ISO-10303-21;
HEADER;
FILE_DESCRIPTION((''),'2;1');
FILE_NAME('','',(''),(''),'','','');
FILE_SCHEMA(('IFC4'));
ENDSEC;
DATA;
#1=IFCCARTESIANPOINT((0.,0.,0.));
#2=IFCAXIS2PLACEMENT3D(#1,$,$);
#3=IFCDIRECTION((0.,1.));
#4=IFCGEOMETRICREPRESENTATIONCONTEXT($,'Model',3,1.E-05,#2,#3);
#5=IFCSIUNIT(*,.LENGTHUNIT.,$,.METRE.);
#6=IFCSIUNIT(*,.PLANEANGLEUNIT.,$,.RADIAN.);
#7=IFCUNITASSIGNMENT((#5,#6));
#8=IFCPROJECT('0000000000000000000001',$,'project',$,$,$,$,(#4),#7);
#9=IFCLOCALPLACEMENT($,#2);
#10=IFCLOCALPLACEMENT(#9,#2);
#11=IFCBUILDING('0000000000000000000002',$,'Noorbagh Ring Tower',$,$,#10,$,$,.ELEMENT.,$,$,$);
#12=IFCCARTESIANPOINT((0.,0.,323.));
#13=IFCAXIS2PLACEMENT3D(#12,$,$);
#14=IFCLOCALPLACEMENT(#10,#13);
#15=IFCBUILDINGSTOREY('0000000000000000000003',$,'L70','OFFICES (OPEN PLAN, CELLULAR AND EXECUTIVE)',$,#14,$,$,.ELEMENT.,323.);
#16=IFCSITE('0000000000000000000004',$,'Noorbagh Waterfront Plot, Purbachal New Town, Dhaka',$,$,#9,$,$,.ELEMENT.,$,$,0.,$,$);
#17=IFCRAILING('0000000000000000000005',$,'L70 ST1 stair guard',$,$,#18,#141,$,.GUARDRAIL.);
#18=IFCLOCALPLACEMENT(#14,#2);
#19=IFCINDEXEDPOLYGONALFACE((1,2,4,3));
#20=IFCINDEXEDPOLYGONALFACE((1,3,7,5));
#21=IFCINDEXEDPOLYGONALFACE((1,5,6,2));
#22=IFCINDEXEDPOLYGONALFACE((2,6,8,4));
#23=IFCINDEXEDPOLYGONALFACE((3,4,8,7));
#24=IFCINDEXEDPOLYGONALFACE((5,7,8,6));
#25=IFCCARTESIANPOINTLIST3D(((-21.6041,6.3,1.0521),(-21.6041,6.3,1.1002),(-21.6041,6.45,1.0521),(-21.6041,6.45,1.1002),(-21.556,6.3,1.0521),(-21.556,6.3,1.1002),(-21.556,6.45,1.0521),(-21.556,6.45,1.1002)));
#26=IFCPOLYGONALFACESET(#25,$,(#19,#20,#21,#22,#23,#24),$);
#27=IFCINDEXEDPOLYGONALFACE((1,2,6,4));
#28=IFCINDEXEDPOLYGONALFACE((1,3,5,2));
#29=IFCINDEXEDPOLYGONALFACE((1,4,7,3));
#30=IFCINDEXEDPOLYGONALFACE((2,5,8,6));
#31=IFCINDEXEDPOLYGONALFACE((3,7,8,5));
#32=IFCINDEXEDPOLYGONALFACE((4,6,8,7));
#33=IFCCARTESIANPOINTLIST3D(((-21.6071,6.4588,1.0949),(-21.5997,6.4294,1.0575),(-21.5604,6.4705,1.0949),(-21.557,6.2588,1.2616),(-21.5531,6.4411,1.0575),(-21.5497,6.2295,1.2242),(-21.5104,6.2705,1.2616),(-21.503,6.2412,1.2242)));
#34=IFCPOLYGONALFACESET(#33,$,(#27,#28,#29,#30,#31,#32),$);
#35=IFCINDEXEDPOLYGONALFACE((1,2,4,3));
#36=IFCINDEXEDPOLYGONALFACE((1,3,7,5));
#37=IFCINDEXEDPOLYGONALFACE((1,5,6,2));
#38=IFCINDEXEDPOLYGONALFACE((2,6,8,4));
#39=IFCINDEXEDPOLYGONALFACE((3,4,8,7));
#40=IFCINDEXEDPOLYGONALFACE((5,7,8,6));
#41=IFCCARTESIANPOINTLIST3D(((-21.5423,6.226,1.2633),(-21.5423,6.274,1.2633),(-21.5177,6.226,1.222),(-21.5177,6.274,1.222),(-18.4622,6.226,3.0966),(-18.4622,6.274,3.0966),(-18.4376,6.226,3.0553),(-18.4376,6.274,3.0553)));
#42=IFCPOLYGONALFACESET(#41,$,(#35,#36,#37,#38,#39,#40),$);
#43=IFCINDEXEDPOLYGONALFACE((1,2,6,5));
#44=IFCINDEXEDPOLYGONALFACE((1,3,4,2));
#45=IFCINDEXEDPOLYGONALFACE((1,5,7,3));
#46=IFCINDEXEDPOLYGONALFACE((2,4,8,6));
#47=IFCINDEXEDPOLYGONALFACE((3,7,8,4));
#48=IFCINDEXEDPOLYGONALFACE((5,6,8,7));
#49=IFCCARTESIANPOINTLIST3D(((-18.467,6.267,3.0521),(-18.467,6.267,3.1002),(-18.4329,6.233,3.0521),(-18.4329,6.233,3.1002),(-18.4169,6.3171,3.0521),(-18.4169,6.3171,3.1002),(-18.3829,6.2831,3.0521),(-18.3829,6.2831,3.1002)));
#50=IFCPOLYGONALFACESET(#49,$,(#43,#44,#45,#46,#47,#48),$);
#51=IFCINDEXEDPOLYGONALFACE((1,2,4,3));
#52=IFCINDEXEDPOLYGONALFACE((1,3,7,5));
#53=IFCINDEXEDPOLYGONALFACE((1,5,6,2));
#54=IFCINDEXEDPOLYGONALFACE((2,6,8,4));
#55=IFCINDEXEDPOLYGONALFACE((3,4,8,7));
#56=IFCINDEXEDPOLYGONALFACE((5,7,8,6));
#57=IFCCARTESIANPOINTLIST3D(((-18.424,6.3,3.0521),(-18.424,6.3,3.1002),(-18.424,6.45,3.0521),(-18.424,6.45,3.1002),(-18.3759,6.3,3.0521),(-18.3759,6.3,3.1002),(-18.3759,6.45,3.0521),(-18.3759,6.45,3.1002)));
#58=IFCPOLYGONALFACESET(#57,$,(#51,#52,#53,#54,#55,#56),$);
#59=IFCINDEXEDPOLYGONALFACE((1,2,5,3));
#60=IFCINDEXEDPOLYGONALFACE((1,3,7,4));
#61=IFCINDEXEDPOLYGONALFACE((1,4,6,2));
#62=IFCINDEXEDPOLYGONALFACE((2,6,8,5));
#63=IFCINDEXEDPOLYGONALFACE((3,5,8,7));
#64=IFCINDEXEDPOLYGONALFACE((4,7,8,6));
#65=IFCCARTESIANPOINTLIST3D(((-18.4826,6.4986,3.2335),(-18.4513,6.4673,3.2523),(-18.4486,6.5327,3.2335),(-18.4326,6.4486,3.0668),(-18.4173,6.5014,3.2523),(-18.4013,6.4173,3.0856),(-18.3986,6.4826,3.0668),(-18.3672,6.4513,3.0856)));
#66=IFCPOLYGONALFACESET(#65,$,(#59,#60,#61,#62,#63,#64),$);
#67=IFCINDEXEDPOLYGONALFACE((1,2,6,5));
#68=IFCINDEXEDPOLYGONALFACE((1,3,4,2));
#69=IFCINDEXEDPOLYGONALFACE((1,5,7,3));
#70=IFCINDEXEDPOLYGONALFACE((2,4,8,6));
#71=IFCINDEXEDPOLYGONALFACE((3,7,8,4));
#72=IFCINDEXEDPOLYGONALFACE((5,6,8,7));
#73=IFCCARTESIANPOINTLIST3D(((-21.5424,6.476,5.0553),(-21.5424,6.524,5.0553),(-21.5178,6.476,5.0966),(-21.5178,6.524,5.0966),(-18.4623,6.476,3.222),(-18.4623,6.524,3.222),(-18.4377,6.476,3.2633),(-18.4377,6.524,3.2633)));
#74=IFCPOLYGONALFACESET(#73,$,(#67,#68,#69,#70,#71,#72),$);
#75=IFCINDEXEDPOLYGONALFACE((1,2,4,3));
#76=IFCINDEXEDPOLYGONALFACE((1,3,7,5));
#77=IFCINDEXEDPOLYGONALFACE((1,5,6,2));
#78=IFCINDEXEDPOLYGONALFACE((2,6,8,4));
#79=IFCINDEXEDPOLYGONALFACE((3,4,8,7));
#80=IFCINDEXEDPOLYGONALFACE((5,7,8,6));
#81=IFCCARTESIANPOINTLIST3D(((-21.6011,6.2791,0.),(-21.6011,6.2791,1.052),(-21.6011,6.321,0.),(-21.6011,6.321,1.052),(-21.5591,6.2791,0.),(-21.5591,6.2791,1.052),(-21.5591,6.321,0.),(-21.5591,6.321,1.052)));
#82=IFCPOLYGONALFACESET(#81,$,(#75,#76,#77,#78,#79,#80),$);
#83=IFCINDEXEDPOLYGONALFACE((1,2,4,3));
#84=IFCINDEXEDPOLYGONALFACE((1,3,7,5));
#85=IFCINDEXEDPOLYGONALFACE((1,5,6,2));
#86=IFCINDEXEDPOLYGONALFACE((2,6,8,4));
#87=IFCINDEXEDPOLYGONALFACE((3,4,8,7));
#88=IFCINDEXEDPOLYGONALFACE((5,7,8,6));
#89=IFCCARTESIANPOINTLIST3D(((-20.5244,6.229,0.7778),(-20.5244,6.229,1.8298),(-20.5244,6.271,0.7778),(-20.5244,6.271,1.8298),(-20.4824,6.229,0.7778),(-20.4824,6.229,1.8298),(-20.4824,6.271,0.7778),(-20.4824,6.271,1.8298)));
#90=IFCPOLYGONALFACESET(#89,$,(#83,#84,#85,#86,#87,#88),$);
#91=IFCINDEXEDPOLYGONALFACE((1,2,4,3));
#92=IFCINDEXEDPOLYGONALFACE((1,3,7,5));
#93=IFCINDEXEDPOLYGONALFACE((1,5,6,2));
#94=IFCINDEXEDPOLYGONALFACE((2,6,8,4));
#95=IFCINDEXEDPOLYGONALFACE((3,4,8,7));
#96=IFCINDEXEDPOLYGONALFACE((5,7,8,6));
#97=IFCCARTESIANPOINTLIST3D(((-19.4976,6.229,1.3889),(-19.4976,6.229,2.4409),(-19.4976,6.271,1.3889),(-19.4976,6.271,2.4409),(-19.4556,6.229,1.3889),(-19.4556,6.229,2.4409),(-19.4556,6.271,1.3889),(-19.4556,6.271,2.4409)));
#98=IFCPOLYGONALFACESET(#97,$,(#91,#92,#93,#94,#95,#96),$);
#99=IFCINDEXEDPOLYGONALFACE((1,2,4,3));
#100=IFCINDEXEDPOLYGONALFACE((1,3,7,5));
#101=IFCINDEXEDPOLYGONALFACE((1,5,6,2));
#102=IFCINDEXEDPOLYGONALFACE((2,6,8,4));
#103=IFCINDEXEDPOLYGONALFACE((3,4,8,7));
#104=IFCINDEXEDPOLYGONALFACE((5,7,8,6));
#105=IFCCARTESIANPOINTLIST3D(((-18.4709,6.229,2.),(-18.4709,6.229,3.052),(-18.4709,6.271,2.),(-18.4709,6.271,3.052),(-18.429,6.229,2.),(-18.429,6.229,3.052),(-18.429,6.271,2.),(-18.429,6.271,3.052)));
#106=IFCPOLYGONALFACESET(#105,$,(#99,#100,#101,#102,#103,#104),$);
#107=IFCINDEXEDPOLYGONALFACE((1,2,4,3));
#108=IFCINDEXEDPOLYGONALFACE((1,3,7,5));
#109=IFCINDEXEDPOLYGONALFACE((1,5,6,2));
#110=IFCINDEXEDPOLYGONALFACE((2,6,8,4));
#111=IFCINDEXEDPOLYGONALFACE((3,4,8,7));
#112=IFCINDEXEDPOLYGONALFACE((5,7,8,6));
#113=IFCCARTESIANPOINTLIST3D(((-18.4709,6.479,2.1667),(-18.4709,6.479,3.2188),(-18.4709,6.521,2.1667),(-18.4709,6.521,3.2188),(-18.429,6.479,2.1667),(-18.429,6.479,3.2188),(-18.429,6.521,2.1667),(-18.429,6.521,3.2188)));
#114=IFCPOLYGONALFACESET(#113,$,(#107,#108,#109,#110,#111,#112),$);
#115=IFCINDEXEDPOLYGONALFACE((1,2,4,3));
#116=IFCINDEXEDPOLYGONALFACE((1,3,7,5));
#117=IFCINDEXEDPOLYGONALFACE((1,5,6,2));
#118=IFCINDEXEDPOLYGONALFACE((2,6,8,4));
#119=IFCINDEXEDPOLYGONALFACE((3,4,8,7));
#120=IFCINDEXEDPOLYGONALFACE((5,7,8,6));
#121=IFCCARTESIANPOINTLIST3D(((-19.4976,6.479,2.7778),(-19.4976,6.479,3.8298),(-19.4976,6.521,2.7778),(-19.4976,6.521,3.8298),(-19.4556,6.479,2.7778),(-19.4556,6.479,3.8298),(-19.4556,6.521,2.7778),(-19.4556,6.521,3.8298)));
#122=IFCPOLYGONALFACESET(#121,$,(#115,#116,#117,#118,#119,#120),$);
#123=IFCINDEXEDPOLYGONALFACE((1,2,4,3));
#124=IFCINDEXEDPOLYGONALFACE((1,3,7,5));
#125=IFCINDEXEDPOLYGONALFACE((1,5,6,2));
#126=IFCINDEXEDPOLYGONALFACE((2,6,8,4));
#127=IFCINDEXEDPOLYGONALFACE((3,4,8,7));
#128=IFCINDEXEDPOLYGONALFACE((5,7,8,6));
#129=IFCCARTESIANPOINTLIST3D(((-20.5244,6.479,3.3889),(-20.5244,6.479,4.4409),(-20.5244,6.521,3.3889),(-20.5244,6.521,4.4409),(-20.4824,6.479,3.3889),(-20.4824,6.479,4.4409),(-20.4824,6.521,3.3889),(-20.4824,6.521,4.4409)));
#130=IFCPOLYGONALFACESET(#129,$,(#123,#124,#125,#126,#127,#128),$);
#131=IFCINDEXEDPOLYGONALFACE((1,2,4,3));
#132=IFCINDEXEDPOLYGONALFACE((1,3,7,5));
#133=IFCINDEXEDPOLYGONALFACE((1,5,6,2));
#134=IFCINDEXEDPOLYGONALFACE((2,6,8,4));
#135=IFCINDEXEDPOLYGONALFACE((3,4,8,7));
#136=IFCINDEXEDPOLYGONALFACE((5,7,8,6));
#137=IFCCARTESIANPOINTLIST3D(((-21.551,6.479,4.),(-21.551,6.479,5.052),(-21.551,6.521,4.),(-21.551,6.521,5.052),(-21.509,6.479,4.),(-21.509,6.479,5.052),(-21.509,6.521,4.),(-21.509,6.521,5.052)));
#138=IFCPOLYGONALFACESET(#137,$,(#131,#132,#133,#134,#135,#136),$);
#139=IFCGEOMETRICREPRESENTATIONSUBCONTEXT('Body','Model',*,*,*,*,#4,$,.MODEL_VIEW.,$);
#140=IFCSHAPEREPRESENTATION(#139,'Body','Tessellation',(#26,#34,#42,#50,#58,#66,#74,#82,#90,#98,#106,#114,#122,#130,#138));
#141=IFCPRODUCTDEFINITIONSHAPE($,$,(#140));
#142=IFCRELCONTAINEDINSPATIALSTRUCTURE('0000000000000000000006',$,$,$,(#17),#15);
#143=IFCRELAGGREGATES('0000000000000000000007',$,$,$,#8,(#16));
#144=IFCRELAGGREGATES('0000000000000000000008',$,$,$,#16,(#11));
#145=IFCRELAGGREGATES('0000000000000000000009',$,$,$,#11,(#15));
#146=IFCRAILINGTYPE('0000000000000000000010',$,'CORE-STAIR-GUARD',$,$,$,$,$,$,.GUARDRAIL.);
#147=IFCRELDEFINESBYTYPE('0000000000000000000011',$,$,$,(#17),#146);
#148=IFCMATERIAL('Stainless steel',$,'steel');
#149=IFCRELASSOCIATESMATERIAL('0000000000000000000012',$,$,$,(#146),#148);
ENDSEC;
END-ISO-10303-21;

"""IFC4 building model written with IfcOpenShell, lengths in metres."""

from ifc_helpers import new_model, si_unit, direction, frame, origin, origin_2d, place, context, subcontext, project, spatial, rectangle, extrude, material, type_object, element, save


model = new_model("IFC4")

# Units and contexts
model_context = context("Model", 3, precision=1e-05, world=origin(), true_north=direction((0.0, 1.0)))
body_context = subcontext(model_context, "Body", "Model", "MODEL_VIEW")
ifc_project = project(units=[si_unit("LENGTHUNIT", "METRE"), si_unit("PLANEANGLEUNIT", "RADIAN")], contexts=[model_context])

# Site, building, storey
site_placement = place(None, origin())
site = spatial("IfcSite", under=ifc_project, at=site_placement, Name="Noorbagh Waterfront Plot, Purbachal New Town, Dhaka", CompositionType="ELEMENT", RefElevation=0.0)
building_placement = place(site_placement, origin())
building = spatial("IfcBuilding", under=site, at=building_placement, Name="Noorbagh Ring Tower", CompositionType="ELEMENT")
storey_placement = place(building_placement, frame((0.0, 0.0, 323.0)))
storey = spatial("IfcBuildingStorey", under=building, at=storey_placement, Name="L70", Description="OFFICES (OPEN PLAN, CELLULAR AND EXECUTIVE)", CompositionType="ELEMENT", Elevation=323.0)

# Railing
ifc_material_1 = material(Name="Stainless steel", Category="steel")
railing_type_1 = type_object("IfcRailingType", Name="CORE-STAIR-GUARD", PredefinedType="GUARDRAIL", material=ifc_material_1)
railing_1_placement = place(storey_placement, frame((-21.5801, 6.3, 0.0)))
element("IfcRailing", 1, at=railing_1_placement, inside=storey, type_object=railing_type_1, Name="L70 ST1 stair guard", PredefinedType="GUARDRAIL", context=body_context, shape_type="SweptSolid", body=[
    extrude(rectangle(XDim=0.0481, YDim=0.0481, at=origin_2d()), frame((0.0, 0.0, 1.0762), z_axis=(0.0, 1.0, 0.0), x_axis=(-1.0, 0.0, 0.0)), (0.0, 0.0, 1.0), 0.1499),
    extrude(rectangle(XDim=0.0481, YDim=0.0481, at=origin_2d()), frame((0.0, 0.1499, 1.0762), z_axis=(0.188776, -0.754182, 0.628946), x_axis=(0.970073, 0.242814, 0.0)), (0.0, 0.0, 1.0), 0.2651),
    extrude(rectangle(XDim=0.0481, YDim=0.0481, at=origin_2d()), frame((0.05, -0.05, 1.2427), z_axis=(0.859309, 0.0, 0.511458), x_axis=(0.0, 1.0, 0.0)), (0.0, 0.0, 1.0), 3.5845),
    extrude(rectangle(XDim=0.0481, YDim=0.0481, at=origin_2d()), frame((3.1301, -0.05, 3.0762), z_axis=(0.707107, 0.707107, 0.0), x_axis=(-0.707107, 0.707107, 0.0)), (0.0, 0.0, 1.0), 0.0708),
    extrude(rectangle(XDim=0.0481, YDim=0.0481, at=origin_2d()), frame((3.1802, 0.0, 3.0762), z_axis=(0.0, 1.0, 0.0), x_axis=(-1.0, 0.0, 0.0)), (0.0, 0.0, 1.0), 0.1499),
    extrude(rectangle(XDim=0.0481, YDim=0.0481, at=origin_2d()), frame((3.1802, 0.1499, 3.0762), z_axis=(-0.276287, 0.276287, 0.920506), x_axis=(-0.707107, -0.707107, 0.0)), (0.0, 0.0, 1.0), 0.1812),
    extrude(rectangle(XDim=0.0481, YDim=0.0481, at=origin_2d()), frame((3.1301, 0.2, 3.2427), z_axis=(-0.859309, 0.0, 0.511458), x_axis=(0.0, -1.0, 0.0)), (0.0, 0.0, 1.0), 3.5845),
    extrude(rectangle(XDim=0.042, YDim=0.042, at=origin_2d()), origin(), (0.0, 0.0, 1.0), 1.052),
    extrude(rectangle(XDim=0.042, YDim=0.042, at=origin_2d()), frame((1.0767, -0.05, 0.7778)), (0.0, 0.0, 1.0), 1.052),
    extrude(rectangle(XDim=0.042, YDim=0.042, at=origin_2d()), frame((2.1035, -0.05, 1.3889)), (0.0, 0.0, 1.0), 1.052),
    extrude(rectangle(XDim=0.042, YDim=0.042, at=origin_2d()), frame((3.1301, -0.05, 2.0)), (0.0, 0.0, 1.0), 1.052),
    extrude(rectangle(XDim=0.042, YDim=0.042, at=origin_2d()), frame((3.1301, 0.2, 2.1667)), (0.0, 0.0, 1.0), 1.052),
    extrude(rectangle(XDim=0.042, YDim=0.042, at=origin_2d()), frame((2.1035, 0.2, 2.7778)), (0.0, 0.0, 1.0), 1.052),
    extrude(rectangle(XDim=0.042, YDim=0.042, at=origin_2d()), frame((1.0767, 0.2, 3.3889)), (0.0, 0.0, 1.0), 1.052),
    extrude(rectangle(XDim=0.042, YDim=0.042, at=origin_2d()), frame((0.05, 0.2, 4.0)), (0.0, 0.0, 1.0), 1.052),
])

save(model, "model.ifc")
